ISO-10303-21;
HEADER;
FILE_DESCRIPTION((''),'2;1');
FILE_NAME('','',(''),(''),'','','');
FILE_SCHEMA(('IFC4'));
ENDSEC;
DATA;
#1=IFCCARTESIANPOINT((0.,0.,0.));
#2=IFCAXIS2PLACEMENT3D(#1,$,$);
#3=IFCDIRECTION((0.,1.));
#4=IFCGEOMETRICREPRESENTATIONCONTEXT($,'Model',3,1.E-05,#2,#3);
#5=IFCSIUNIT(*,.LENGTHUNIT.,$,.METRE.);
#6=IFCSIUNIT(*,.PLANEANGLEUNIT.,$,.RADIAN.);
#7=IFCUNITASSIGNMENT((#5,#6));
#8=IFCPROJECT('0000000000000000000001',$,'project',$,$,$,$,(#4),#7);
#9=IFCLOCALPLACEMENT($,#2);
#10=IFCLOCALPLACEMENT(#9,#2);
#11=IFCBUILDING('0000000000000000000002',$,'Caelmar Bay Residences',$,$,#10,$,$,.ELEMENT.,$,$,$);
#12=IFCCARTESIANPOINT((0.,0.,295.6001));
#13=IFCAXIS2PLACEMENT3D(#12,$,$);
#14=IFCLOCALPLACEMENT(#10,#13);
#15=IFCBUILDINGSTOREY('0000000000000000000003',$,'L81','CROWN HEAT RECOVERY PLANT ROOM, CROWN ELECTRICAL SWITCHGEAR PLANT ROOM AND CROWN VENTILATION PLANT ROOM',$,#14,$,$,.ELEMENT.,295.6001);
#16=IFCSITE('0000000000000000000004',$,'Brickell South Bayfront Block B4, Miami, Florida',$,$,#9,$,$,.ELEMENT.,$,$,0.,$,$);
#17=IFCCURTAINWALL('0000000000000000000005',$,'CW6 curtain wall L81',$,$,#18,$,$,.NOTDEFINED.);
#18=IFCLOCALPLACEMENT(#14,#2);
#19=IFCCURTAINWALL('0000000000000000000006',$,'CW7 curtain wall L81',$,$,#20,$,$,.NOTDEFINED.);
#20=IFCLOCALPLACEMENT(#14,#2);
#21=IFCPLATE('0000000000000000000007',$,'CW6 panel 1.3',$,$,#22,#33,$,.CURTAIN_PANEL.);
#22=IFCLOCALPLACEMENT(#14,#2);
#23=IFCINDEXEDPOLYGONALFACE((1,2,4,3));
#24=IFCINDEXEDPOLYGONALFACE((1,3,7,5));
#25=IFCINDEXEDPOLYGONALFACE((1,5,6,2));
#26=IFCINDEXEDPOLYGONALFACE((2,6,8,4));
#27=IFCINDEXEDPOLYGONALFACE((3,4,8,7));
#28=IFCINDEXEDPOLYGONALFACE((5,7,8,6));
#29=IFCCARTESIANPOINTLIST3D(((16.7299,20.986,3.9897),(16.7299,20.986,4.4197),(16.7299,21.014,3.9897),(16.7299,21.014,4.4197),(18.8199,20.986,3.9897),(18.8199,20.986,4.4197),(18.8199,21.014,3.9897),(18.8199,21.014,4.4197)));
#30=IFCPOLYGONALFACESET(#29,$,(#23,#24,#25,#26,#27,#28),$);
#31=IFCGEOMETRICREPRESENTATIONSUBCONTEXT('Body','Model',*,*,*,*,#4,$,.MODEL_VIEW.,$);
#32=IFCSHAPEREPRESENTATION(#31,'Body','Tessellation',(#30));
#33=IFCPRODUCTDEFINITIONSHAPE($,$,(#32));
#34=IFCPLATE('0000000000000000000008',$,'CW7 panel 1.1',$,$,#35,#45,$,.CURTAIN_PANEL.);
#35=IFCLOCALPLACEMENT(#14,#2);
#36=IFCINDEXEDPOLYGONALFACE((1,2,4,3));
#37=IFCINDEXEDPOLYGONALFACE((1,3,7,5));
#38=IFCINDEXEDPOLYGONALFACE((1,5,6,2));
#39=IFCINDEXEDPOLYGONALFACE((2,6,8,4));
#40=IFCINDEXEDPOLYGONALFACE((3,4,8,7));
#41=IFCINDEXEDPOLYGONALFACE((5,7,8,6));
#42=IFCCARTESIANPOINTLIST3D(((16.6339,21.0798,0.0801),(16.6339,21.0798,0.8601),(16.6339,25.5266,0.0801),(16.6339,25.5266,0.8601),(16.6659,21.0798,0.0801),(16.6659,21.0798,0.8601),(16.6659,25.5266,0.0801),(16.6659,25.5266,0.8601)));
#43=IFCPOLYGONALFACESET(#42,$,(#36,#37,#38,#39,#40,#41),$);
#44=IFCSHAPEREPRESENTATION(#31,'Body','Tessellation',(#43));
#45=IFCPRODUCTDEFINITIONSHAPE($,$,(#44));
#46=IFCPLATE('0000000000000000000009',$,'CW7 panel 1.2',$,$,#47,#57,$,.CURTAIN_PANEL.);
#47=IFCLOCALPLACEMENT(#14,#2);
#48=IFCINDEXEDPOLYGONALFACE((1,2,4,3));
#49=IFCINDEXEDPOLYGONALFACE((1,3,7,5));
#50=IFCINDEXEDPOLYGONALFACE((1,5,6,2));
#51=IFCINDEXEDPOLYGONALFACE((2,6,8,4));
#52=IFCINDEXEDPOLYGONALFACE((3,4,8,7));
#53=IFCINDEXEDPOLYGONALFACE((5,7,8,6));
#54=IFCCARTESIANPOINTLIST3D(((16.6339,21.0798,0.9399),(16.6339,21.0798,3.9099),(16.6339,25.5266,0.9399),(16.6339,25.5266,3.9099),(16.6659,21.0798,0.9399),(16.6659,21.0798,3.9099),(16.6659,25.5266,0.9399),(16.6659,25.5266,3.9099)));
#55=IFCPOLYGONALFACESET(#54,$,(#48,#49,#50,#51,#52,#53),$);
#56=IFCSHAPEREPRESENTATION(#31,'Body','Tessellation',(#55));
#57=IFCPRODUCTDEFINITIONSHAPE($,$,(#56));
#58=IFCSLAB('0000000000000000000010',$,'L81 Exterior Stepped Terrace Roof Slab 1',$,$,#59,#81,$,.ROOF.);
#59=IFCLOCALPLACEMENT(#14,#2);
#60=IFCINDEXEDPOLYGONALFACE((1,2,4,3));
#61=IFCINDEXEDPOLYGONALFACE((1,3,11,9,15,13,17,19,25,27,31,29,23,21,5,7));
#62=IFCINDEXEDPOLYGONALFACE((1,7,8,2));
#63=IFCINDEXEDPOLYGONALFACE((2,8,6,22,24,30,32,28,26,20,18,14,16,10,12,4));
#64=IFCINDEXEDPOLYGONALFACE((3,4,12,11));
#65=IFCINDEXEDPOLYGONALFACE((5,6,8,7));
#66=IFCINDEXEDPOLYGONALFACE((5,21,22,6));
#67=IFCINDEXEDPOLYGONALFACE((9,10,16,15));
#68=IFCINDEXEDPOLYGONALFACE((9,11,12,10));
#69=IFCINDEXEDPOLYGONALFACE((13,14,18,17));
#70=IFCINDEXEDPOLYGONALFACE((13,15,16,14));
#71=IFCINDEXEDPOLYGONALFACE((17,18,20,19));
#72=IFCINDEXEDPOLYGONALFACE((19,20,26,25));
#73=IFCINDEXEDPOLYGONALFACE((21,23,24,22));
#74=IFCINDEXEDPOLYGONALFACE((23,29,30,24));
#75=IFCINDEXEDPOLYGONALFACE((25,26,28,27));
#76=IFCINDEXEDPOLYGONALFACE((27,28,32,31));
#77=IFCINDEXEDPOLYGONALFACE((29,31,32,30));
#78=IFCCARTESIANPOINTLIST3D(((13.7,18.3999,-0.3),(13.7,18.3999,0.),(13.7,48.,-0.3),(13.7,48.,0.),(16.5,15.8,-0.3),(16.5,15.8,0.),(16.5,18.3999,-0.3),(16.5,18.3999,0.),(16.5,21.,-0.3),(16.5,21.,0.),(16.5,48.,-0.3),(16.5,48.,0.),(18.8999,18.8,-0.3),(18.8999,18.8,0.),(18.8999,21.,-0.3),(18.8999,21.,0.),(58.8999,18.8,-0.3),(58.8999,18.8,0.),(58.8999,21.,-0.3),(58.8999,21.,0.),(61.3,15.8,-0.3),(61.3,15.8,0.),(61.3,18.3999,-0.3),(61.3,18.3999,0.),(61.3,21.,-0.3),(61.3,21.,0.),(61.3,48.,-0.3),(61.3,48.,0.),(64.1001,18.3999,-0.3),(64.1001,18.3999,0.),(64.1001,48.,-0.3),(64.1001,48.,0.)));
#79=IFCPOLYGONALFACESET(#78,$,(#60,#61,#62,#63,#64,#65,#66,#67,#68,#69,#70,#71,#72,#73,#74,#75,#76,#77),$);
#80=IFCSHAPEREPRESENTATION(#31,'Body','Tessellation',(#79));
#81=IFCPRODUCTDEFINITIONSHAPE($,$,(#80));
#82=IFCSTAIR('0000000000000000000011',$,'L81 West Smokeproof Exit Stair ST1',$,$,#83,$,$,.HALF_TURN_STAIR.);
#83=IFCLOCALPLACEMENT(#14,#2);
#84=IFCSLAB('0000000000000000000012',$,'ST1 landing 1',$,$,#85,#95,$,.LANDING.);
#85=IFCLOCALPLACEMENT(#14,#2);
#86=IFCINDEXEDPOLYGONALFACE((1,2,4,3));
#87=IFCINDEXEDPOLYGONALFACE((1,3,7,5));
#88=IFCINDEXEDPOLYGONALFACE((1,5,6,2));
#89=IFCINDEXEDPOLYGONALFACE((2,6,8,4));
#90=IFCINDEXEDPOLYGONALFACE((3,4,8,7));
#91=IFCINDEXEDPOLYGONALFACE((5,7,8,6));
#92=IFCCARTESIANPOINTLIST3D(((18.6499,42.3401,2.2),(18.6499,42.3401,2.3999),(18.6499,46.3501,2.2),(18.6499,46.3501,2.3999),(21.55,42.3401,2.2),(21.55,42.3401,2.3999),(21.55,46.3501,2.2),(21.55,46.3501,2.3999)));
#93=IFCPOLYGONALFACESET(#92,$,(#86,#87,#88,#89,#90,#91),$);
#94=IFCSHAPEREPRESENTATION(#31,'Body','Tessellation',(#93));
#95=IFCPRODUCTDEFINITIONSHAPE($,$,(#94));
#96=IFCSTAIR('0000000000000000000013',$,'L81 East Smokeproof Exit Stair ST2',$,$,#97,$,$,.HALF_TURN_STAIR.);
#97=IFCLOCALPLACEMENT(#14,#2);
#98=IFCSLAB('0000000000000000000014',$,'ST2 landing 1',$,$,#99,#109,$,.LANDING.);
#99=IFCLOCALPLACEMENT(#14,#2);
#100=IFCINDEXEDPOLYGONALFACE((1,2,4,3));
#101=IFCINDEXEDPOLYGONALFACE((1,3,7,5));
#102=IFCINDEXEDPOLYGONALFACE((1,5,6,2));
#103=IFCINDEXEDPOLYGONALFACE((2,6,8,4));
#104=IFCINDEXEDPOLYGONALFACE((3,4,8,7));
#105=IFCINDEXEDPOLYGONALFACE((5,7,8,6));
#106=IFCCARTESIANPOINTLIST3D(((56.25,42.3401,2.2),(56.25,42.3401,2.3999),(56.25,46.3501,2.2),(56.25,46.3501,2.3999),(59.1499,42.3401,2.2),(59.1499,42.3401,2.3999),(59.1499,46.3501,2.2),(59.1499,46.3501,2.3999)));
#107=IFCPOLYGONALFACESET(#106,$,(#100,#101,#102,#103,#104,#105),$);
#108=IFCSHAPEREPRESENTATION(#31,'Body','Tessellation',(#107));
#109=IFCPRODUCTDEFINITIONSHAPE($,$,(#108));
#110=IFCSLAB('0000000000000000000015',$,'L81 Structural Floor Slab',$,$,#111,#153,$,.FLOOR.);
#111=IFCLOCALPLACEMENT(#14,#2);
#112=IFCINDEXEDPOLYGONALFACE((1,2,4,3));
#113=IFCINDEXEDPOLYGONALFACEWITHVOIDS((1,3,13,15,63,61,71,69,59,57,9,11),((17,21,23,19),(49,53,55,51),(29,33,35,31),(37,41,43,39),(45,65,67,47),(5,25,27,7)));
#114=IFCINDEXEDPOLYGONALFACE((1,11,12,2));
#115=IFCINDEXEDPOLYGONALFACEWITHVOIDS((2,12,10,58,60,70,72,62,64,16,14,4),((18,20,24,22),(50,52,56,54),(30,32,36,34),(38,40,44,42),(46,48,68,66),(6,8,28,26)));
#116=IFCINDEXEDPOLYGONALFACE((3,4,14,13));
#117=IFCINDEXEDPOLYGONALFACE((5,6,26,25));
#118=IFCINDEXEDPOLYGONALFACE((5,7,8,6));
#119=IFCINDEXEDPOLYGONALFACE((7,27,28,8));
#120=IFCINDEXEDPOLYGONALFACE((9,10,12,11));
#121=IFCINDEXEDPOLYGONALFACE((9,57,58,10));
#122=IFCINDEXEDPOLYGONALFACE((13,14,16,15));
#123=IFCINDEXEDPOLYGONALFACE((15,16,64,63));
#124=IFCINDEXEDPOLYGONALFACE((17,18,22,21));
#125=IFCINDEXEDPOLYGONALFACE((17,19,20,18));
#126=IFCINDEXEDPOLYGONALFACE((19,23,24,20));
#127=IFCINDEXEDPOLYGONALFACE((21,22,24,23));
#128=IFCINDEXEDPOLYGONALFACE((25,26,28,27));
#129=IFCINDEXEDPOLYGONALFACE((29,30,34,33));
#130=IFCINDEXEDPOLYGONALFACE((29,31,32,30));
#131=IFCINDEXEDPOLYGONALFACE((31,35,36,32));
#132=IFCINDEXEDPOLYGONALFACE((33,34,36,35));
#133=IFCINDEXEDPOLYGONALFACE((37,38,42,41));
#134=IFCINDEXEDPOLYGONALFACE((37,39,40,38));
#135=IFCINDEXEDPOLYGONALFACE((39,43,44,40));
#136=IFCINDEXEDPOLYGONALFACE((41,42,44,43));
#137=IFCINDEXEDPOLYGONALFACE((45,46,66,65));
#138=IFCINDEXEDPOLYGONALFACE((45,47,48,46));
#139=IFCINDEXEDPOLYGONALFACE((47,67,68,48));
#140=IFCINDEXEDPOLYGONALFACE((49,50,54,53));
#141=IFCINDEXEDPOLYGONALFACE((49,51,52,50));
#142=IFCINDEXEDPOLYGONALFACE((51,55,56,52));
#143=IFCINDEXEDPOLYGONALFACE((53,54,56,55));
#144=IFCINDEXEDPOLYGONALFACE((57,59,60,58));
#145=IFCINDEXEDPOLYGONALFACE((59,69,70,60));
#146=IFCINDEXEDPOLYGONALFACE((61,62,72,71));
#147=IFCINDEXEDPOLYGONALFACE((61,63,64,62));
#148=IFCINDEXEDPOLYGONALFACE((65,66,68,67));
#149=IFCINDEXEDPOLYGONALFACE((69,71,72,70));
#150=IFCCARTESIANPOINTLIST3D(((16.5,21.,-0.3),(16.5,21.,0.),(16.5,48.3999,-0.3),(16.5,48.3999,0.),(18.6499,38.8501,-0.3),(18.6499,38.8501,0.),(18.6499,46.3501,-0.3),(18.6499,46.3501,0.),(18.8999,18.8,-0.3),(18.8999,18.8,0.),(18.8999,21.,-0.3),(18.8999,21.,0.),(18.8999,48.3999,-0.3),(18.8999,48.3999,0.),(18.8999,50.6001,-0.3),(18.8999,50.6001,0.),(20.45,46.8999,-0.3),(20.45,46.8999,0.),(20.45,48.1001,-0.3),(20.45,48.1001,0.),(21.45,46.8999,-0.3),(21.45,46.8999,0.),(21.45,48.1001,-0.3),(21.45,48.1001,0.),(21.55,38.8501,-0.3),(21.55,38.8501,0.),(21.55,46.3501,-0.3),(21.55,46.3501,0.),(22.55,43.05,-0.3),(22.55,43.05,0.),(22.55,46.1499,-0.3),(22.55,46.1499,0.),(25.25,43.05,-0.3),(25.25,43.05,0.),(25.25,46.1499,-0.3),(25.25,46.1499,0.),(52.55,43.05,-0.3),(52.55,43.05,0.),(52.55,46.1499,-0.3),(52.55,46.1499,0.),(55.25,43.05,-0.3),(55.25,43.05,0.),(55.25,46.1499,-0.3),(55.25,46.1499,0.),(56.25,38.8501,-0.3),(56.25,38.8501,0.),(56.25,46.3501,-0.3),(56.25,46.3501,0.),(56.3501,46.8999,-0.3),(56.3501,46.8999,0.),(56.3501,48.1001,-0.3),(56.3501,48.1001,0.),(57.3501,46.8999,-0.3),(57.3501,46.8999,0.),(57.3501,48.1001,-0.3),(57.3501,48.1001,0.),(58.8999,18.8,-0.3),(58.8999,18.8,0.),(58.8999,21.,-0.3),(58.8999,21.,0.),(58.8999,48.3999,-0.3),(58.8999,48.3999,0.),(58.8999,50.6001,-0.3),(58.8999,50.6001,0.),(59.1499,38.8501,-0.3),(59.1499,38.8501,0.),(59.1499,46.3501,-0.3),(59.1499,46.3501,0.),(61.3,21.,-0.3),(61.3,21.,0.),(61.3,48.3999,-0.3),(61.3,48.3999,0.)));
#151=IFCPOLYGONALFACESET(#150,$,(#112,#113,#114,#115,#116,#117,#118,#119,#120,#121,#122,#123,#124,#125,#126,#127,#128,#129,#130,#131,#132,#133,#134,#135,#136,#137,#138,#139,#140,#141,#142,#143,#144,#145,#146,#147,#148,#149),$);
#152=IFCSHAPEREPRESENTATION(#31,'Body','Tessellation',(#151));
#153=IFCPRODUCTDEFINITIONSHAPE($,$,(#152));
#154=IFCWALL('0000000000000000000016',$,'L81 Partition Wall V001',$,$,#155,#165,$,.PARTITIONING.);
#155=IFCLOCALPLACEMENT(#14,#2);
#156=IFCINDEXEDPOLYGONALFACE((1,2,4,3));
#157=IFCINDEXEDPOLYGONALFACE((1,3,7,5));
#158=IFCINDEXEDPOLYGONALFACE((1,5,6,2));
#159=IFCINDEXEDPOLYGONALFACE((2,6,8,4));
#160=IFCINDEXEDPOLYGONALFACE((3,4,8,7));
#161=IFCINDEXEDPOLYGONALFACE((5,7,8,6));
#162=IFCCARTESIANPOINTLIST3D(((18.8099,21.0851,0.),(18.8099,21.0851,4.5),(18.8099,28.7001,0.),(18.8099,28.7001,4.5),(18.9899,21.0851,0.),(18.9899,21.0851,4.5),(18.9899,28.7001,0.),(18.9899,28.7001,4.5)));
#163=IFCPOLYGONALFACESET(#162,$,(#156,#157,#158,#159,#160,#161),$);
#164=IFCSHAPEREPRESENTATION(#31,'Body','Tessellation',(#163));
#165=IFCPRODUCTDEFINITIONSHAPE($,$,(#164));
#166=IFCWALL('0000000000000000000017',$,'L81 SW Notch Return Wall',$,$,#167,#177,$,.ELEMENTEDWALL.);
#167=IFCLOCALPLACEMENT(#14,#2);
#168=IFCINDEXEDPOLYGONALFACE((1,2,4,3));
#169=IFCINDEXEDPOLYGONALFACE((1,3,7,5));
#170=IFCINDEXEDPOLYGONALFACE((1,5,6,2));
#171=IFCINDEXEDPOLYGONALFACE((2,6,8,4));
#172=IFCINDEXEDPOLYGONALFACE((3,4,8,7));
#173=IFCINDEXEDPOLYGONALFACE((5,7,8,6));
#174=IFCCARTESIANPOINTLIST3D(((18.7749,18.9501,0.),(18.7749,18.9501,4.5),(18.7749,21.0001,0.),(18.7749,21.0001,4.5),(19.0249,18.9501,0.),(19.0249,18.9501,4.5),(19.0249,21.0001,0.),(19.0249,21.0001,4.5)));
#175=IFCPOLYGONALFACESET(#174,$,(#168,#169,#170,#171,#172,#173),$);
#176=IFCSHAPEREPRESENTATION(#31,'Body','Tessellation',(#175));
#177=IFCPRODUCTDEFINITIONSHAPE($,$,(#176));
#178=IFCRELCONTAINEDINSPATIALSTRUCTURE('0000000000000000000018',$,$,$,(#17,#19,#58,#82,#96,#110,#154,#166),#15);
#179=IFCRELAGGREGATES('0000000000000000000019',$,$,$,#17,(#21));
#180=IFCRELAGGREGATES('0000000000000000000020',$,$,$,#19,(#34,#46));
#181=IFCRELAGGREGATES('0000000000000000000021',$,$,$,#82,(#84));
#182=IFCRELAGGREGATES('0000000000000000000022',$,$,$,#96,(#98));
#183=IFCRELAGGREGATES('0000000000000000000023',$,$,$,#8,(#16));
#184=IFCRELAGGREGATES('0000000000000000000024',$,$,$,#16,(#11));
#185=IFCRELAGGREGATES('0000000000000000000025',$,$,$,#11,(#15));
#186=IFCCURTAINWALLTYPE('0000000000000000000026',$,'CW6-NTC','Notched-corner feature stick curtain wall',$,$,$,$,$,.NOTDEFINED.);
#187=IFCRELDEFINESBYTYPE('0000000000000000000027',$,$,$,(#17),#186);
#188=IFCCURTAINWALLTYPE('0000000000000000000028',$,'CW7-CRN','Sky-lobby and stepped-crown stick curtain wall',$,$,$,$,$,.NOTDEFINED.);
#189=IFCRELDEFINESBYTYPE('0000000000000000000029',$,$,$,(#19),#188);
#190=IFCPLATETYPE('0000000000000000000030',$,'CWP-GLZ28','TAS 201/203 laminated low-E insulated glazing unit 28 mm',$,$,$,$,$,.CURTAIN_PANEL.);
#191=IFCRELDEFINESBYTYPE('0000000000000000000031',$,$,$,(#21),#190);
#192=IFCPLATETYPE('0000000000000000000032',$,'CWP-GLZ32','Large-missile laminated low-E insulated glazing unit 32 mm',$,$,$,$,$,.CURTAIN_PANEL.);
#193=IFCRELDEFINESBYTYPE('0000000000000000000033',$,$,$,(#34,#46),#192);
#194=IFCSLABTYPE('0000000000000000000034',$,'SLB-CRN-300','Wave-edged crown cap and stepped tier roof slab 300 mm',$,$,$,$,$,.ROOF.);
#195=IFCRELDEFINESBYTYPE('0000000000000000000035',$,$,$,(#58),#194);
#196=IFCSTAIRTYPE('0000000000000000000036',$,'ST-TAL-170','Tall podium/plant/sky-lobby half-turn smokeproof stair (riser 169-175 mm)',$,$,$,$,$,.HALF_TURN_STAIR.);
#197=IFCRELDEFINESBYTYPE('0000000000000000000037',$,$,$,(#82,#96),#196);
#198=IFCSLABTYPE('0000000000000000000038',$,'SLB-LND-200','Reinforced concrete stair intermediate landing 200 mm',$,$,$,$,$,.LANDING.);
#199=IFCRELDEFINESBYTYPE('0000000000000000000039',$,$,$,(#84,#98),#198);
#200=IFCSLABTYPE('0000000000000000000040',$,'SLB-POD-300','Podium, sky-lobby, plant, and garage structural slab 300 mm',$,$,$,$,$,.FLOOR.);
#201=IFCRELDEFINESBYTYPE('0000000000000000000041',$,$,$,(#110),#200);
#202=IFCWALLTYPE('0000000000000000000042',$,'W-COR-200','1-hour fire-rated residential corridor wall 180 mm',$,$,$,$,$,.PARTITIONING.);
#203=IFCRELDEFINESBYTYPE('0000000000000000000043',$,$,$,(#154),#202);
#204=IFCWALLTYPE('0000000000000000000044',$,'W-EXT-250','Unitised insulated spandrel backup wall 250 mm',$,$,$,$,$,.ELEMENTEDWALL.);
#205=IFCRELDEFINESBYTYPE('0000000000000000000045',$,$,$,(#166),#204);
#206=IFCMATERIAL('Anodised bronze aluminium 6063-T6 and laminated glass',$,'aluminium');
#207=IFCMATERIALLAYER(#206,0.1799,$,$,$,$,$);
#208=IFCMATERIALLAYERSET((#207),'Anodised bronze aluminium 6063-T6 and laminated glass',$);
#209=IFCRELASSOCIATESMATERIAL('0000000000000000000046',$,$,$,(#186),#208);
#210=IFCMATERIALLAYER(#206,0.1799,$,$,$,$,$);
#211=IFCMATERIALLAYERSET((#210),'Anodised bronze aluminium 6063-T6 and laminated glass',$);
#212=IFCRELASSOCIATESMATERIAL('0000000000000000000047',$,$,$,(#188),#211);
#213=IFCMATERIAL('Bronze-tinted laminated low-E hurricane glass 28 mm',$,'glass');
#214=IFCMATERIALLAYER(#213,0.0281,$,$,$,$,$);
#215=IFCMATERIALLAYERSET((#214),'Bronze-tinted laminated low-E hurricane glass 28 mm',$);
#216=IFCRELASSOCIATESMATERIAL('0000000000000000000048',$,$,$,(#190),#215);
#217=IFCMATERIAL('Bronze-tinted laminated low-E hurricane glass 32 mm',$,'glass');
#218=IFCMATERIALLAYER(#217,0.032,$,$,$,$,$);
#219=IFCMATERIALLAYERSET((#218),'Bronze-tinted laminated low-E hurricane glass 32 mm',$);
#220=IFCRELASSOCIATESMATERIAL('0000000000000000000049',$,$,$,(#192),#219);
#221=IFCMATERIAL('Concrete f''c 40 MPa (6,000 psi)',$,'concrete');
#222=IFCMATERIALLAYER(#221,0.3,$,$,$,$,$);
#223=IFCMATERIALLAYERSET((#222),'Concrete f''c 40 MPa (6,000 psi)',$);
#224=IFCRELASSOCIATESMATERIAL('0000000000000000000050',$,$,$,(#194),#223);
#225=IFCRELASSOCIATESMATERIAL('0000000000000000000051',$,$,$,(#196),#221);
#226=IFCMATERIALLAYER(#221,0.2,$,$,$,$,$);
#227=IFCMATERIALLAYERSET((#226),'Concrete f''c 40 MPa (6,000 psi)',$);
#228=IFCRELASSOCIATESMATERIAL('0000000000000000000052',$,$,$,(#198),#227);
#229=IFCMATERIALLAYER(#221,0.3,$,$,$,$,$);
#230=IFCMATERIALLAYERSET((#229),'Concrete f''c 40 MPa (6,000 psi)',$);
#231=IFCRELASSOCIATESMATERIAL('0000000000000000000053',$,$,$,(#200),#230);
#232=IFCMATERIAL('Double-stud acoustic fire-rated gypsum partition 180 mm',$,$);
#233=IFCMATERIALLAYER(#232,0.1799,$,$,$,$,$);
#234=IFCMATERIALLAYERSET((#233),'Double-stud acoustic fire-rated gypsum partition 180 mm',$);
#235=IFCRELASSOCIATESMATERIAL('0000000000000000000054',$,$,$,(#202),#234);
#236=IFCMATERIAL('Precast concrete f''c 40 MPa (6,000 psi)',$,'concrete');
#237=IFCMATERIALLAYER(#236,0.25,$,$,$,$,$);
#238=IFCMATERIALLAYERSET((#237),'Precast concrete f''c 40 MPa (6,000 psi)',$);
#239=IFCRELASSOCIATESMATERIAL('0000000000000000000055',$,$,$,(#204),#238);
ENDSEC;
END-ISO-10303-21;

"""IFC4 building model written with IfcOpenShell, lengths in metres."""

from ifc_helpers import new_model, si_unit, direction, frame, frame_2d, origin, origin_2d, place, context, subcontext, project, spatial, polyline, rectangle, outline, extrude, material, layer, layer_set, type_object, element, aggregate, save


model = new_model("IFC4")

# Units and contexts
model_context = context("Model", 3, precision=1e-05, world=origin(), true_north=direction((0.0, 1.0)))
body_context = subcontext(model_context, "Body", "Model", "MODEL_VIEW")
ifc_project = project(units=[si_unit("LENGTHUNIT", "METRE"), si_unit("PLANEANGLEUNIT", "RADIAN")], contexts=[model_context])

# Site, building, storey
site_placement = place(None, origin())
site = spatial("IfcSite", under=ifc_project, at=site_placement, Name="Brickell South Bayfront Block B4, Miami, Florida", CompositionType="ELEMENT", RefElevation=0.0)
building_placement = place(site_placement, origin())
building = spatial("IfcBuilding", under=site, at=building_placement, Name="Caelmar Bay Residences", CompositionType="ELEMENT")
storey_placement = place(building_placement, frame((0.0, 0.0, 295.6001)))
storey = spatial("IfcBuildingStorey", under=building, at=storey_placement, Name="L81", Description="CROWN HEAT RECOVERY PLANT ROOM, CROWN ELECTRICAL SWITCHGEAR PLANT ROOM AND CROWN VENTILATION PLANT ROOM", CompositionType="ELEMENT", Elevation=295.6001)

# Curtain wall
ifc_material_1 = material(Name="Anodised bronze aluminium 6063-T6 and laminated glass", Category="aluminium")
ifc_layer_1 = layer(ifc_material_1, 0.1799)
ifc_layer_set_1 = layer_set([ifc_layer_1], Name="Anodised bronze aluminium 6063-T6 and laminated glass")
curtain_wall_type_1 = type_object("IfcCurtainWallType", Name="CW6-NTC", Description="Notched-corner feature stick curtain wall", PredefinedType="NOTDEFINED", material=ifc_layer_set_1)
curtain_wall_1_placement = place(storey_placement, origin())
curtain_wall_1 = element("IfcCurtainWall", 1, at=curtain_wall_1_placement, inside=storey, type_object=curtain_wall_type_1, Name="CW6 curtain wall L81", PredefinedType="NOTDEFINED")

# Curtain wall
ifc_layer_2 = layer(ifc_material_1, 0.1799)
ifc_layer_set_2 = layer_set([ifc_layer_2], Name="Anodised bronze aluminium 6063-T6 and laminated glass")
curtain_wall_type_2 = type_object("IfcCurtainWallType", Name="CW7-CRN", Description="Sky-lobby and stepped-crown stick curtain wall", PredefinedType="NOTDEFINED", material=ifc_layer_set_2)
curtain_wall_2_placement = place(storey_placement, origin())
curtain_wall_2 = element("IfcCurtainWall", 2, at=curtain_wall_2_placement, inside=storey, type_object=curtain_wall_type_2, Name="CW7 curtain wall L81", PredefinedType="NOTDEFINED")

# Plates
ifc_material_2 = material(Name="Bronze-tinted laminated low-E hurricane glass 28 mm", Category="glass")
ifc_layer_3 = layer(ifc_material_2, 0.0281)
ifc_layer_set_3 = layer_set([ifc_layer_3], Name="Bronze-tinted laminated low-E hurricane glass 28 mm")
plate_type_1 = type_object("IfcPlateType", Name="CWP-GLZ28", Description="TAS 201/203 laminated low-E insulated glazing unit 28 mm", PredefinedType="CURTAIN_PANEL", material=ifc_layer_set_3)
plate_1_placement = place(storey_placement, frame((17.7749, 21.0, 3.9897), z_axis=(0.0, 0.0, 1.0), x_axis=(1.0, 0.0, 0.0)))
plate_1 = element("IfcPlate", 3, at=plate_1_placement, type_object=plate_type_1, Name="CW6 panel 1.3", PredefinedType="CURTAIN_PANEL", context=body_context, shape_type="SweptSolid", body=[
    extrude(rectangle(XDim=2.0901, YDim=0.0281, at=origin_2d()), origin(), (0.0, 0.0, 1.0), 0.4299),
])
aggregate(curtain_wall_1, [plate_1])
ifc_material_3 = material(Name="Bronze-tinted laminated low-E hurricane glass 32 mm", Category="glass")
ifc_layer_4 = layer(ifc_material_3, 0.032)
ifc_layer_set_4 = layer_set([ifc_layer_4], Name="Bronze-tinted laminated low-E hurricane glass 32 mm")
plate_type_2 = type_object("IfcPlateType", Name="CWP-GLZ32", Description="Large-missile laminated low-E insulated glazing unit 32 mm", PredefinedType="CURTAIN_PANEL", material=ifc_layer_set_4)
plate_2_placement = place(storey_placement, frame((16.6499, 23.3032, 0.0801), z_axis=(0.0, 0.0, 1.0), x_axis=(0.0, 1.0, 0.0)))
plate_2 = element("IfcPlate", 4, at=plate_2_placement, type_object=plate_type_2, Name="CW7 panel 1.1", PredefinedType="CURTAIN_PANEL", context=body_context, shape_type="SweptSolid", body=[
    extrude(rectangle(XDim=4.4468, YDim=0.032, at=origin_2d()), origin(), (0.0, 0.0, 1.0), 0.78),
])
plate_3_placement = place(storey_placement, frame((16.6499, 23.3032, 0.9399), z_axis=(0.0, 0.0, 1.0), x_axis=(0.0, 1.0, 0.0)))
plate_3 = element("IfcPlate", 5, at=plate_3_placement, type_object=plate_type_2, Name="CW7 panel 1.2", PredefinedType="CURTAIN_PANEL", context=body_context, shape_type="SweptSolid", body=[
    extrude(rectangle(XDim=4.4468, YDim=0.032, at=origin_2d()), origin(), (0.0, 0.0, 1.0), 2.97),
])
aggregate(curtain_wall_2, [plate_2, plate_3])

# Slab
ifc_material_4 = material(Name="Concrete f'c 40 MPa (6,000 psi)", Category="concrete")
ifc_layer_5 = layer(ifc_material_4, 0.3)
ifc_layer_set_5 = layer_set([ifc_layer_5], Name="Concrete f'c 40 MPa (6,000 psi)")
slab_type_1 = type_object("IfcSlabType", Name="SLB-CRN-300", Description="Wave-edged crown cap and stepped tier roof slab 300 mm", PredefinedType="ROOF", material=ifc_layer_set_5)
slab_1_placement = place(storey_placement, frame((0.0, 0.0, -0.3)))
element("IfcSlab", 6, at=slab_1_placement, inside=storey, type_object=slab_type_1, Name="L81 Exterior Stepped Terrace Roof Slab 1", PredefinedType="ROOF", context=body_context, shape_type="SweptSolid", body=[
    extrude(outline(polyline([(61.3, 48.0), (61.3, 21.0), (58.8999, 21.0), (58.8999, 18.8), (18.8999, 18.8), (18.8999, 21.0), (16.5, 21.0), (16.5, 48.0), (13.7, 48.0), (13.7, 18.3999), (16.5, 18.3999), (16.5, 15.8), (61.3, 15.8), (61.3, 18.3999), (64.1001, 18.3999), (64.1001, 48.0), (61.3, 48.0)])), origin(), (0.0, 0.0, 1.0), 0.3),
])

# Stairs, slabs
stair_type = type_object("IfcStairType", Name="ST-TAL-170", Description="Tall podium/plant/sky-lobby half-turn smokeproof stair (riser 169-175 mm)", PredefinedType="HALF_TURN_STAIR", material=ifc_material_4)
stair_1_placement = place(storey_placement, origin())
stair_1 = element("IfcStair", 7, at=stair_1_placement, inside=storey, type_object=stair_type, Name="L81 West Smokeproof Exit Stair ST1", PredefinedType="HALF_TURN_STAIR")
ifc_layer_6 = layer(ifc_material_4, 0.2)
ifc_layer_set_6 = layer_set([ifc_layer_6], Name="Concrete f'c 40 MPa (6,000 psi)")
slab_type_2 = type_object("IfcSlabType", Name="SLB-LND-200", Description="Reinforced concrete stair intermediate landing 200 mm", PredefinedType="LANDING", material=ifc_layer_set_6)
slab_2_placement = place(storey_placement, frame((0.0, 0.0, 2.2)))
slab_2 = element("IfcSlab", 8, at=slab_2_placement, type_object=slab_type_2, Name="ST1 landing 1", PredefinedType="LANDING", context=body_context, shape_type="SweptSolid", body=[
    extrude(outline(polyline([(21.55, 42.3401), (21.55, 46.3501), (18.6499, 46.3501), (18.6499, 42.3401), (21.55, 42.3401)])), origin(), (0.0, 0.0, 1.0), 0.2),
])
aggregate(stair_1, [slab_2])
stair_2_placement = place(storey_placement, origin())
stair_2 = element("IfcStair", 9, at=stair_2_placement, inside=storey, type_object=stair_type, Name="L81 East Smokeproof Exit Stair ST2", PredefinedType="HALF_TURN_STAIR")
slab_3_placement = place(storey_placement, frame((0.0, 0.0, 2.2)))
slab_3 = element("IfcSlab", 10, at=slab_3_placement, type_object=slab_type_2, Name="ST2 landing 1", PredefinedType="LANDING", context=body_context, shape_type="SweptSolid", body=[
    extrude(outline(polyline([(59.1499, 42.3401), (59.1499, 46.3501), (56.25, 46.3501), (56.25, 42.3401), (59.1499, 42.3401)])), origin(), (0.0, 0.0, 1.0), 0.2),
])
aggregate(stair_2, [slab_3])

# Slab
ifc_layer_7 = layer(ifc_material_4, 0.3)
ifc_layer_set_7 = layer_set([ifc_layer_7], Name="Concrete f'c 40 MPa (6,000 psi)")
slab_type_3 = type_object("IfcSlabType", Name="SLB-POD-300", Description="Podium, sky-lobby, plant, and garage structural slab 300 mm", PredefinedType="FLOOR", material=ifc_layer_set_7)
slab_4_placement = place(storey_placement, frame((0.0, 0.0, -0.3)))
element("IfcSlab", 11, at=slab_4_placement, inside=storey, type_object=slab_type_3, Name="L81 Structural Floor Slab", PredefinedType="FLOOR", context=body_context, shape_type="SweptSolid", body=[
    extrude(outline(polyline([(18.8999, 18.8), (58.8999, 18.8), (58.8999, 21.0), (61.3, 21.0), (61.3, 48.3999), (58.8999, 48.3999), (58.8999, 50.6001), (18.8999, 50.6001), (18.8999, 48.3999), (16.5, 48.3999), (16.5, 21.0), (18.8999, 21.0), (18.8999, 18.8)]), holes=[polyline([(18.6499, 38.8501), (21.55, 38.8501), (21.55, 46.3501), (18.6499, 46.3501), (18.6499, 38.8501)]), polyline([(56.25, 38.8501), (59.1499, 38.8501), (59.1499, 46.3501), (56.25, 46.3501), (56.25, 38.8501)]), polyline([(22.55, 43.05), (25.25, 43.05), (25.25, 46.1499), (22.55, 46.1499), (22.55, 43.05)]), polyline([(52.55, 43.05), (55.25, 43.05), (55.25, 46.1499), (52.55, 46.1499), (52.55, 43.05)]), polyline([(20.45, 46.8999), (21.45, 46.8999), (21.45, 48.1001), (20.45, 48.1001), (20.45, 46.8999)]), polyline([(56.3501, 46.8999), (57.3501, 46.8999), (57.3501, 48.1001), (56.3501, 48.1001), (56.3501, 46.8999)])]), origin(), (0.0, 0.0, 1.0), 0.3),
])

# Walls
ifc_material_5 = material(Name="Double-stud acoustic fire-rated gypsum partition 180 mm")
ifc_layer_8 = layer(ifc_material_5, 0.1799)
ifc_layer_set_8 = layer_set([ifc_layer_8], Name="Double-stud acoustic fire-rated gypsum partition 180 mm")
wall_type_1 = type_object("IfcWallType", Name="W-COR-200", Description="1-hour fire-rated residential corridor wall 180 mm", PredefinedType="PARTITIONING", material=ifc_layer_set_8)
wall_1_placement = place(storey_placement, frame((18.8999, 21.085, 0.0), z_axis=(0.0, 0.0, 1.0), x_axis=(0.0, 1.0, 0.0)))
element("IfcWall", 12, at=wall_1_placement, inside=storey, type_object=wall_type_1, Name="L81 Partition Wall V001", PredefinedType="PARTITIONING", context=body_context, shape_type="SweptSolid", body=[
    extrude(rectangle(XDim=7.615, YDim=0.1799, at=frame_2d((3.8076, 0.0))), origin(), (0.0, 0.0, 1.0), 4.5),
])
ifc_material_6 = material(Name="Precast concrete f'c 40 MPa (6,000 psi)", Category="concrete")
ifc_layer_9 = layer(ifc_material_6, 0.25)
ifc_layer_set_9 = layer_set([ifc_layer_9], Name="Precast concrete f'c 40 MPa (6,000 psi)")
wall_type_2 = type_object("IfcWallType", Name="W-EXT-250", Description="Unitised insulated spandrel backup wall 250 mm", PredefinedType="ELEMENTEDWALL", material=ifc_layer_set_9)
wall_2_placement = place(storey_placement, frame((18.8999, 21.0, 0.0), z_axis=(0.0, 0.0, 1.0), x_axis=(0.0, -1.0, 0.0)))
element("IfcWall", 13, at=wall_2_placement, inside=storey, type_object=wall_type_2, Name="L81 SW Notch Return Wall", PredefinedType="ELEMENTEDWALL", context=body_context, shape_type="SweptSolid", body=[
    extrude(rectangle(XDim=2.05, YDim=0.25, at=frame_2d((1.0249, 0.0))), origin(), (0.0, 0.0, 1.0), 4.5),
])

save(model, "model.ifc")
